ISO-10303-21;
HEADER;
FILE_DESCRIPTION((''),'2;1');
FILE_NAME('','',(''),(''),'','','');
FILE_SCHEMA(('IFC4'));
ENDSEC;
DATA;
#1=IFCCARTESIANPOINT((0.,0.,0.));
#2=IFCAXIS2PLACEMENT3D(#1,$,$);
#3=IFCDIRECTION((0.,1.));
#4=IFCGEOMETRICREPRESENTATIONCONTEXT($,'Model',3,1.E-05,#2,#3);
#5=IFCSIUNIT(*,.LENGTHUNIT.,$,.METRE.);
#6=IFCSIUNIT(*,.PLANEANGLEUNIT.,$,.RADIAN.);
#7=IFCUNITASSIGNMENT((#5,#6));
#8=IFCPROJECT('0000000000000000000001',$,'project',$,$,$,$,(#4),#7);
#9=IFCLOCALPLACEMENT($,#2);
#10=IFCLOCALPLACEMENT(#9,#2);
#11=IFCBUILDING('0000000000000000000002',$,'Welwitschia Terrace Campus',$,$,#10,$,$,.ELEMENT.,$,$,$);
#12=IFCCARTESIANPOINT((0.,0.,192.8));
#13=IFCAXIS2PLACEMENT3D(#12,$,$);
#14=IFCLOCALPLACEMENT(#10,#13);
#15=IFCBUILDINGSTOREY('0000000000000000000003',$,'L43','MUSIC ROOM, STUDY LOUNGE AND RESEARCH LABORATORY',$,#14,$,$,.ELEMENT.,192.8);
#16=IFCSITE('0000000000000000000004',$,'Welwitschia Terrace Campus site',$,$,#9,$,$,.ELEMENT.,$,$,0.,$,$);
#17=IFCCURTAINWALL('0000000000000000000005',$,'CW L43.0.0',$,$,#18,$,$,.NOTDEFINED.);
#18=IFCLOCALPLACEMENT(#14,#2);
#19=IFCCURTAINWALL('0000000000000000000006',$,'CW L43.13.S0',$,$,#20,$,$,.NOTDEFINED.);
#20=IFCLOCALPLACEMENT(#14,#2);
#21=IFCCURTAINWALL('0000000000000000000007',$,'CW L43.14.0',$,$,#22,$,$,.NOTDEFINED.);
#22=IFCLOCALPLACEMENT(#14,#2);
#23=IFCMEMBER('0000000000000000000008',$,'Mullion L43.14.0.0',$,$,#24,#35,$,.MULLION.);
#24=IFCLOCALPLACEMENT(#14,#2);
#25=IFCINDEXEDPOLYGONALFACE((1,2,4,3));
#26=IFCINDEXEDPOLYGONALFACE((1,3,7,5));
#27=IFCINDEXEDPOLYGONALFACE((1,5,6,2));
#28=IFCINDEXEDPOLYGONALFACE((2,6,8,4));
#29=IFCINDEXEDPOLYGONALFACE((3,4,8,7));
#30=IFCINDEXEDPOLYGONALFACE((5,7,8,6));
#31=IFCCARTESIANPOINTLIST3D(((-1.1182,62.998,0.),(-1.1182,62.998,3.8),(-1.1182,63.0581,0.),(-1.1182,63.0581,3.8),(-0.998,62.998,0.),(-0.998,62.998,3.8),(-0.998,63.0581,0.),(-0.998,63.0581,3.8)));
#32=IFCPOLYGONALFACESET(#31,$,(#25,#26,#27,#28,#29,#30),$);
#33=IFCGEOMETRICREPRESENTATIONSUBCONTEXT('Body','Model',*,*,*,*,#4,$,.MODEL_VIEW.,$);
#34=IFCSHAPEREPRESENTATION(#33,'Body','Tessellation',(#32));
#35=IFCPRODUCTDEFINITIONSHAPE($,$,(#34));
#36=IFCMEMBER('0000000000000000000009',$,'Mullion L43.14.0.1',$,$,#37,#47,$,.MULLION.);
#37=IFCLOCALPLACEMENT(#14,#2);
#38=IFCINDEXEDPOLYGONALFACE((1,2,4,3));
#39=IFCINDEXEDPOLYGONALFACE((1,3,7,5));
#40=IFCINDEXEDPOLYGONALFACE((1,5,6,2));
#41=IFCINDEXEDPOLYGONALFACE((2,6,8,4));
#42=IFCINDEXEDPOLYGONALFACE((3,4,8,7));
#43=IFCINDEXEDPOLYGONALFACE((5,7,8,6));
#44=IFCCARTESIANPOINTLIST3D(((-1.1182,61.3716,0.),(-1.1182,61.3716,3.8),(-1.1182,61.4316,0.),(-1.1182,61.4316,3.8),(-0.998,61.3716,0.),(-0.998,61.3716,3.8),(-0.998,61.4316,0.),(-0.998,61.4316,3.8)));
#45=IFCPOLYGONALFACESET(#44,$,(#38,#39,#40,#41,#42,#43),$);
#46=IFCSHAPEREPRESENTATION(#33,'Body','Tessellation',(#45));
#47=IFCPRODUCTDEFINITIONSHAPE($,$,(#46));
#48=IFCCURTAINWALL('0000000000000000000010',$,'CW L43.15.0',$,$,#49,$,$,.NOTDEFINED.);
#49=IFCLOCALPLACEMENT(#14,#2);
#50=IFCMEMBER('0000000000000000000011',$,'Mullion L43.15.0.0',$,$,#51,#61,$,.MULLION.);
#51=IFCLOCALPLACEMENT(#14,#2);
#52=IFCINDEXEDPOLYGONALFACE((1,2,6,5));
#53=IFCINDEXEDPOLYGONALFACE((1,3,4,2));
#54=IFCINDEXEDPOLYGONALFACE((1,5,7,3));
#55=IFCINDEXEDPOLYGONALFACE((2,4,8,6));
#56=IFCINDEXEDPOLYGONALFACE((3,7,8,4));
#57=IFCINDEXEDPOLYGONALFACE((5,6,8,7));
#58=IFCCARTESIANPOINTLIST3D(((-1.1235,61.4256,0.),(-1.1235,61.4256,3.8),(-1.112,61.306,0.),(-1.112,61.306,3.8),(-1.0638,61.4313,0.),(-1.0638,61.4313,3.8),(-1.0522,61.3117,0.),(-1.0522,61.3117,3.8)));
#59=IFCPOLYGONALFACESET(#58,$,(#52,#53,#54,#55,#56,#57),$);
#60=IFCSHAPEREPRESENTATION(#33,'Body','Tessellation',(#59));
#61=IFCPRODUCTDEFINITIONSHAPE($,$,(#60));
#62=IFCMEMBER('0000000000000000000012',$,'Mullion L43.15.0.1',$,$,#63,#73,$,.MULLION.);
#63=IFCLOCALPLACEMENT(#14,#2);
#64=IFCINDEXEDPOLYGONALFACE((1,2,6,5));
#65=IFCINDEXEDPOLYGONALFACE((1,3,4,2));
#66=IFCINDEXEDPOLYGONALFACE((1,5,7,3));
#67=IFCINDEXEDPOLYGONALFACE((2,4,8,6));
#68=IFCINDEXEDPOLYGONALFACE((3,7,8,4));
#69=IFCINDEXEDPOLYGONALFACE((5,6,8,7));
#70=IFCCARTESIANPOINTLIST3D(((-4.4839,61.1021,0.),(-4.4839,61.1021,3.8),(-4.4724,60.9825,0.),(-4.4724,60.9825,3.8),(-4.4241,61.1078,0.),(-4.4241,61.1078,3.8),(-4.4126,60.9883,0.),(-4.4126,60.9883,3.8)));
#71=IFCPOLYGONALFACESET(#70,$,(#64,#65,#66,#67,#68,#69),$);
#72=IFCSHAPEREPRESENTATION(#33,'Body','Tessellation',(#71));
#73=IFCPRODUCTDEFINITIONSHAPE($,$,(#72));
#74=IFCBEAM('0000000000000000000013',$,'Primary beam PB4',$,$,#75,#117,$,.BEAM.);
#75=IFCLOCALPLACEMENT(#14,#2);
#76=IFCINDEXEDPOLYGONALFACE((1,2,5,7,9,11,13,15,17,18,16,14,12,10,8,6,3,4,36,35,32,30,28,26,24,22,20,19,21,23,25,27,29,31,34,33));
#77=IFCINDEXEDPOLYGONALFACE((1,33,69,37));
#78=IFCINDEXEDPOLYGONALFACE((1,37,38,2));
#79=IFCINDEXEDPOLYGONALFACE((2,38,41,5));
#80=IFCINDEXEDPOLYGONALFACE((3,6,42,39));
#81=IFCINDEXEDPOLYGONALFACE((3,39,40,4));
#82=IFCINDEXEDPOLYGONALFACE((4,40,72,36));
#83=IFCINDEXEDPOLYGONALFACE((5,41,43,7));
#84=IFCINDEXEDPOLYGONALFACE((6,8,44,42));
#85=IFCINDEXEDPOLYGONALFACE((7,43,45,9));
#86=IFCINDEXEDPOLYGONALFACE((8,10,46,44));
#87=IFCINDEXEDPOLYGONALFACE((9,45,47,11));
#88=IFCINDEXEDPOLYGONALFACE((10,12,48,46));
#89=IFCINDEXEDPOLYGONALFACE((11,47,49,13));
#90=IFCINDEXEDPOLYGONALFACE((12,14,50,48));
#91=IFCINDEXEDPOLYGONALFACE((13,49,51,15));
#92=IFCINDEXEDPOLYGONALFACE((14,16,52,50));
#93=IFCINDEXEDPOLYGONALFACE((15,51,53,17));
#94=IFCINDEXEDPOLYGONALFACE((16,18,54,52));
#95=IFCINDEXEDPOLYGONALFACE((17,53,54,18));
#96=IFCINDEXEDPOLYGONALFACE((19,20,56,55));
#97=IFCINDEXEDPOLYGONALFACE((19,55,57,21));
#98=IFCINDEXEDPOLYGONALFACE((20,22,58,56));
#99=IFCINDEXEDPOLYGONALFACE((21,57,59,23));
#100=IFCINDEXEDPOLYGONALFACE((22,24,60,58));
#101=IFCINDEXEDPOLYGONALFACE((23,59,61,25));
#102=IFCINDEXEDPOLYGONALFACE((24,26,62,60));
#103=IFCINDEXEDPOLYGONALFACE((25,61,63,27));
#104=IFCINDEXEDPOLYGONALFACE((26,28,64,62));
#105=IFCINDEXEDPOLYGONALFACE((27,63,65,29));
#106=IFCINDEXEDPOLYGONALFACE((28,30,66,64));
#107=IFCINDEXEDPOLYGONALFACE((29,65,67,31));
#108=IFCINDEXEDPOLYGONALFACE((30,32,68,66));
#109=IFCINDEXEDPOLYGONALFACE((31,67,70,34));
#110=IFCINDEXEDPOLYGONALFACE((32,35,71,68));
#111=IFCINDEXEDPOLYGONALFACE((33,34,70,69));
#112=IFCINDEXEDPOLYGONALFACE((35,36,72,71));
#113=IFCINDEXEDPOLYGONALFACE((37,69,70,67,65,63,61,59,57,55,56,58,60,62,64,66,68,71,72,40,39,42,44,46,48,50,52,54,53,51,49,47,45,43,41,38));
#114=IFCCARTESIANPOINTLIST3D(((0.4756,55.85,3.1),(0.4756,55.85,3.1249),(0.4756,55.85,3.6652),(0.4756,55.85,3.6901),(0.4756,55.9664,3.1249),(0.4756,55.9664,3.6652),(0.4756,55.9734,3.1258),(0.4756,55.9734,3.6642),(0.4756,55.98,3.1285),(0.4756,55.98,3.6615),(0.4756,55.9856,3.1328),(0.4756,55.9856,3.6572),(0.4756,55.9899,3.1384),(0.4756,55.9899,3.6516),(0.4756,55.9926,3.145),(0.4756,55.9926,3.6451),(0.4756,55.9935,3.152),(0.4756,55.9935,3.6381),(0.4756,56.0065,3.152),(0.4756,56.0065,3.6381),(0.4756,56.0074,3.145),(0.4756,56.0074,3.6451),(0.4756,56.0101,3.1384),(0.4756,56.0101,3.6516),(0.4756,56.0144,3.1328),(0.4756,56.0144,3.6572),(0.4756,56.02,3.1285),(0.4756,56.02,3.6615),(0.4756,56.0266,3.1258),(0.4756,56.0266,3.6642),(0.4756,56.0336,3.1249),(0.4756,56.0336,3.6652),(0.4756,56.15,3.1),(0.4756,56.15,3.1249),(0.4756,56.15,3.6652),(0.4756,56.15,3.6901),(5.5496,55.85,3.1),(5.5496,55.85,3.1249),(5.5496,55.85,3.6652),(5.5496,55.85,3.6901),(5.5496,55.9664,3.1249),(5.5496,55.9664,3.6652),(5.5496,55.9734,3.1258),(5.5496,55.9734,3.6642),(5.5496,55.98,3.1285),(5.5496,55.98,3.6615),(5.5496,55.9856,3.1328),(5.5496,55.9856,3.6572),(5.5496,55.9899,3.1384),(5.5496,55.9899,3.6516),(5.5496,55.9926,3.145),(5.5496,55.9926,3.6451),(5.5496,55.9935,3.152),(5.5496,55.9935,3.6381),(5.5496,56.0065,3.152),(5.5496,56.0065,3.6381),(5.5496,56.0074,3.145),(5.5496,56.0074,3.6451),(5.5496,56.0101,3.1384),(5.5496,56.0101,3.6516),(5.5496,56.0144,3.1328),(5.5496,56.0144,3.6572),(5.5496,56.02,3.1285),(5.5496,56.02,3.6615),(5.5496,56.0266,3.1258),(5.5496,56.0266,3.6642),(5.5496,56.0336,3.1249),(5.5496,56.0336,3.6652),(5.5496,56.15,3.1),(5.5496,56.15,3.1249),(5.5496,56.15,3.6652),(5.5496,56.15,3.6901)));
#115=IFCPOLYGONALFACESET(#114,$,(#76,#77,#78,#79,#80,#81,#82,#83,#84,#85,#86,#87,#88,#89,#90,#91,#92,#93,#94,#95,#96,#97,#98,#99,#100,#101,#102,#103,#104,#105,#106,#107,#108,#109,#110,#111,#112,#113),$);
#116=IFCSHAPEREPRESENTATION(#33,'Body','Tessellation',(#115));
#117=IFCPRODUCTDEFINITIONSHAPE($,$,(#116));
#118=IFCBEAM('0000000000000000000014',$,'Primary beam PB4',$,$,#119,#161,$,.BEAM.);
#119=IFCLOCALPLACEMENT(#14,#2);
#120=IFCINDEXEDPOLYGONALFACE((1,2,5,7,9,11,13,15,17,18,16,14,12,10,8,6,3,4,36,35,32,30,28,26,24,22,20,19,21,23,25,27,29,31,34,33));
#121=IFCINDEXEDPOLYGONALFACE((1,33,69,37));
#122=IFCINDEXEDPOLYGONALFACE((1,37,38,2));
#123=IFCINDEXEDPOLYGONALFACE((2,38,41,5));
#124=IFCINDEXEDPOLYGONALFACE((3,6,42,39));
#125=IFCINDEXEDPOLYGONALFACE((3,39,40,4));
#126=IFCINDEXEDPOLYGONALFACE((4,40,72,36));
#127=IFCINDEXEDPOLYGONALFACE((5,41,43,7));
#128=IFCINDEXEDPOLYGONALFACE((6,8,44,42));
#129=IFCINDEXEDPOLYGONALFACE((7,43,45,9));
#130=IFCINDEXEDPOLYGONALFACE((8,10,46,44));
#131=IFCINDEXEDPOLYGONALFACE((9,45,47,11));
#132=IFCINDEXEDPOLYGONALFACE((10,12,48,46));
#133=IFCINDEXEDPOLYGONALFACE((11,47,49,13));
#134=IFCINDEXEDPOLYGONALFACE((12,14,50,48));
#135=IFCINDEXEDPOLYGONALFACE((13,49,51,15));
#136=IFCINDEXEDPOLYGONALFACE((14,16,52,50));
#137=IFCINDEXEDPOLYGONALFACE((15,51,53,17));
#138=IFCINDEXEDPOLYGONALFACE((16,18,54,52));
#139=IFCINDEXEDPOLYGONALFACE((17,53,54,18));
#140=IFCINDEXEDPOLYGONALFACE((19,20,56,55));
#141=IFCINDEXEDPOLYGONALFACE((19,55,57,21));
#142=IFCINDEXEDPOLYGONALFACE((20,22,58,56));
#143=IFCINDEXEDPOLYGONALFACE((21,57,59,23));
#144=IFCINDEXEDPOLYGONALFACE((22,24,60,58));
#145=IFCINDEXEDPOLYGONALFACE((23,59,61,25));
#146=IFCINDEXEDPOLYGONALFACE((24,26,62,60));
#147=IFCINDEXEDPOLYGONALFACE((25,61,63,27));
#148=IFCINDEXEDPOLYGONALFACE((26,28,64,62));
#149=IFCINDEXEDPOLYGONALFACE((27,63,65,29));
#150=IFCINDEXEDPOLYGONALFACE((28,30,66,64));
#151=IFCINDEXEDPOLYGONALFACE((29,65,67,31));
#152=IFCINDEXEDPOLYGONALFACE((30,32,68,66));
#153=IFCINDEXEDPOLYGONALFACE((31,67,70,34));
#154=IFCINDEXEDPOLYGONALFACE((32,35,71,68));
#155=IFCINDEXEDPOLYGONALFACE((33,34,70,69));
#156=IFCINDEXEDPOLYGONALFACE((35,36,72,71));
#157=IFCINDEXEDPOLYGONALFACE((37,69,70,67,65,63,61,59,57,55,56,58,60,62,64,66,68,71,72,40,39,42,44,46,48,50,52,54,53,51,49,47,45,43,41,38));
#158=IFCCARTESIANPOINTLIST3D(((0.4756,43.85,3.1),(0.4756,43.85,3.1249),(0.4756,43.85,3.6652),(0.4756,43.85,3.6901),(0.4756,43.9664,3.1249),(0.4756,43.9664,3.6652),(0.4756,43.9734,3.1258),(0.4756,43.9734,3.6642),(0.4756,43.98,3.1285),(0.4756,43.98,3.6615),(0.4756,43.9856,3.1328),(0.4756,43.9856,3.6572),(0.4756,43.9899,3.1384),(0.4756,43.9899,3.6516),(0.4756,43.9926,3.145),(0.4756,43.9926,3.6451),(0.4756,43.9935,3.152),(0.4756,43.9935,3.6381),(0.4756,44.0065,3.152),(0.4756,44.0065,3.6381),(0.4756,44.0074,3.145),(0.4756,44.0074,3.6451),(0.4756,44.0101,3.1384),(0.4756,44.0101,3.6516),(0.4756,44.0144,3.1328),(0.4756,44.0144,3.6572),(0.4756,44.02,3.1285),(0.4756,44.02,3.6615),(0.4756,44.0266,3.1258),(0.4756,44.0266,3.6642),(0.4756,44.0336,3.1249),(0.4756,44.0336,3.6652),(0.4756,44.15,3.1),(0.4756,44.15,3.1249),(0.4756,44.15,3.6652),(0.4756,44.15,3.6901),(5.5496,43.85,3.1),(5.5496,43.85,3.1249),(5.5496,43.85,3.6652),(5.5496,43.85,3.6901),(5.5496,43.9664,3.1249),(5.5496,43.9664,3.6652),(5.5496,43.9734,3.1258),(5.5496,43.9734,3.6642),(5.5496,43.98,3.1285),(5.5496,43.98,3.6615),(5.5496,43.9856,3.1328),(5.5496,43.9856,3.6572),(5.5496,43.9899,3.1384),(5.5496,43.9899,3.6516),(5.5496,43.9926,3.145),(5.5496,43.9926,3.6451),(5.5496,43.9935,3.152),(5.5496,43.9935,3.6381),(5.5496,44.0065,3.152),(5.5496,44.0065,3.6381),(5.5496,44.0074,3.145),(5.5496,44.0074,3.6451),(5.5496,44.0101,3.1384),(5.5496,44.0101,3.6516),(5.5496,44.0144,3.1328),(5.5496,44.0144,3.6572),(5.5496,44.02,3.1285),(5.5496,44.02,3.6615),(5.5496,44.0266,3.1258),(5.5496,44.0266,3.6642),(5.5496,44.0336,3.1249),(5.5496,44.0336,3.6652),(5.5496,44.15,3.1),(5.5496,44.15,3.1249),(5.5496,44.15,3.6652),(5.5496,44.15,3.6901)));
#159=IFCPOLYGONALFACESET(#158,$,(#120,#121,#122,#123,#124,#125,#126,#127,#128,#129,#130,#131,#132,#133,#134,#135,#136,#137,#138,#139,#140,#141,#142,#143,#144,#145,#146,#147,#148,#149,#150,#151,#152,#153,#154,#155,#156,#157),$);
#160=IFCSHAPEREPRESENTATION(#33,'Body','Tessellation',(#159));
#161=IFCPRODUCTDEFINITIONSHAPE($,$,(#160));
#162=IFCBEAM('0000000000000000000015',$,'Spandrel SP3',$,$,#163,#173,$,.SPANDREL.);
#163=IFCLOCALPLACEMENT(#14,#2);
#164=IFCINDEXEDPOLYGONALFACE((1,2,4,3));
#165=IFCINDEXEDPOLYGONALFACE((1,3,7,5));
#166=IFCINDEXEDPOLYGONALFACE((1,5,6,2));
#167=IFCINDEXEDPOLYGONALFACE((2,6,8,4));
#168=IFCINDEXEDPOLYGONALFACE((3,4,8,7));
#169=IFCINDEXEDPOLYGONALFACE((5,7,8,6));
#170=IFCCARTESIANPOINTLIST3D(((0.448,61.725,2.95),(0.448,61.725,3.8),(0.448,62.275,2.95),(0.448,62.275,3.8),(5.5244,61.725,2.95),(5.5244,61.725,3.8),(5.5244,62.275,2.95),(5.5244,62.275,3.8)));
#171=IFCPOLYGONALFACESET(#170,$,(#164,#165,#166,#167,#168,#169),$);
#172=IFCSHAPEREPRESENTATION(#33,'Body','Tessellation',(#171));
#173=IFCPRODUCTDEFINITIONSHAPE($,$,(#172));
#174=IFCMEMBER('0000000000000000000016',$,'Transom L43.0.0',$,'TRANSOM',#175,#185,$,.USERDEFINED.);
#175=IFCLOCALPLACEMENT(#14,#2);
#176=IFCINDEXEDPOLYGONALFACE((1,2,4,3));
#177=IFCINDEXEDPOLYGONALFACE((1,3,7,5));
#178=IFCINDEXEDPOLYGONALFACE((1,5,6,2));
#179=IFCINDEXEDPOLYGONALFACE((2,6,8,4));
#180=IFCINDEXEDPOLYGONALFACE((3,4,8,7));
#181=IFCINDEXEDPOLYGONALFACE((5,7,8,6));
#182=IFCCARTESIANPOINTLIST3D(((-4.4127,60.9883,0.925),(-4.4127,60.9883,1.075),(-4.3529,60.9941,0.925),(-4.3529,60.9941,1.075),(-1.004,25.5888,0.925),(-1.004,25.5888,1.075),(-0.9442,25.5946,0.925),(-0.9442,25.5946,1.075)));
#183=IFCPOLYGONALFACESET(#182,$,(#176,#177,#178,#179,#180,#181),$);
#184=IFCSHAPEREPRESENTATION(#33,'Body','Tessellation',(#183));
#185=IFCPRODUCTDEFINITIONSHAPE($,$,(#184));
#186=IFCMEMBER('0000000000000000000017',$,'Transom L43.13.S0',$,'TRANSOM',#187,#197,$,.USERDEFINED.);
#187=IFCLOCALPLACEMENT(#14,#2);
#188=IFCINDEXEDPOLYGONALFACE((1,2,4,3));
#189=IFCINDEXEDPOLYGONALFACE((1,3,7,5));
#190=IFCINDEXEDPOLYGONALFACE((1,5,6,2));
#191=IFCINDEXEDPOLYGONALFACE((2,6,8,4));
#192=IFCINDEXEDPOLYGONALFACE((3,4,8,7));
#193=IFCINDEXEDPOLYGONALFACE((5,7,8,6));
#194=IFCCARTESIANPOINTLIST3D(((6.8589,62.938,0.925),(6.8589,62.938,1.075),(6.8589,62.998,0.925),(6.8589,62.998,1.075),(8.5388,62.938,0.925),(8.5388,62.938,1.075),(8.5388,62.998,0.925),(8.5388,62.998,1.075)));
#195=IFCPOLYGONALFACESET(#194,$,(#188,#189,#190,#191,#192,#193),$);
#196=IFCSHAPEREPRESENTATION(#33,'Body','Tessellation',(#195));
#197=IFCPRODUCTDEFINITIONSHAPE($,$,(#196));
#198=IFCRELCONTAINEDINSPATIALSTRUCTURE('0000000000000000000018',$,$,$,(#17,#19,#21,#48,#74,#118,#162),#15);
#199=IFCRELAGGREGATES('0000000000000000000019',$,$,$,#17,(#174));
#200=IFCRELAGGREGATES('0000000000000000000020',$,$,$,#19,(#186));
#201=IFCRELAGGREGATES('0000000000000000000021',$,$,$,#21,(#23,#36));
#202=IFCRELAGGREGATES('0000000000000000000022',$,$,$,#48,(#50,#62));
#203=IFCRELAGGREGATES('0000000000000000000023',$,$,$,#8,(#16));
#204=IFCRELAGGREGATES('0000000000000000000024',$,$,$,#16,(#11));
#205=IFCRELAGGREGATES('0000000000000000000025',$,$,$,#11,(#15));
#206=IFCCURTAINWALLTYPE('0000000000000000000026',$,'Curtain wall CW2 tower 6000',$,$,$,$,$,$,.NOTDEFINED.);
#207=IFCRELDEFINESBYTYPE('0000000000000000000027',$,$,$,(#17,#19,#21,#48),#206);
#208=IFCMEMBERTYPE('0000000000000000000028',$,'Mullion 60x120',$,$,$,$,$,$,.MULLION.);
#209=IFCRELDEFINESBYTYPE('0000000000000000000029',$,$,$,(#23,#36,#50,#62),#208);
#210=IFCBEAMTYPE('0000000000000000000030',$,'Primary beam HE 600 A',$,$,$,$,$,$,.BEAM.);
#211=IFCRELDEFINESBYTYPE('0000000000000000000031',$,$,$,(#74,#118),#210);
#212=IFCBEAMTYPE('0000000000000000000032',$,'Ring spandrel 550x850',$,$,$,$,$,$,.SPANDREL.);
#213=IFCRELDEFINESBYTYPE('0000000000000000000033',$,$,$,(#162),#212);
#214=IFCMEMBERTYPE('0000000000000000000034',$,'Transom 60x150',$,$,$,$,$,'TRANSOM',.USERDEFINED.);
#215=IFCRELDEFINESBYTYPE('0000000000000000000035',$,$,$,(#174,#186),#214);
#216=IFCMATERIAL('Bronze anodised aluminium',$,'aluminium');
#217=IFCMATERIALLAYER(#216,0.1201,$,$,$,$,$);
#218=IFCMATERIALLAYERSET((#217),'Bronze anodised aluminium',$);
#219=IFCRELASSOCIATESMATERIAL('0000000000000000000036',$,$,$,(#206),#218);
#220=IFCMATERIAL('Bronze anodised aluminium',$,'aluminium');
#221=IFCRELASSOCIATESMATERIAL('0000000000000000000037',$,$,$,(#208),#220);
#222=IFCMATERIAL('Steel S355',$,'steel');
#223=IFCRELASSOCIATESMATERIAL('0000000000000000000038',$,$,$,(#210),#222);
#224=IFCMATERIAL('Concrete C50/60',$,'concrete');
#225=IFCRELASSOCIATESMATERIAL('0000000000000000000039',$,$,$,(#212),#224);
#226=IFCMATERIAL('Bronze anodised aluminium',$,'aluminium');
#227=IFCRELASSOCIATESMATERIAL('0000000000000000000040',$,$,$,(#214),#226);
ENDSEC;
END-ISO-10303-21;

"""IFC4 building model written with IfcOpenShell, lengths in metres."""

from ifc_helpers import new_model, si_unit, direction, frame, origin, origin_2d, place, context, subcontext, project, spatial, rectangle, i_section, extrude, material, layer, layer_set, material_profile, profile_set, type_object, element, aggregate, save


model = new_model("IFC4")

# Units and contexts
model_context = context("Model", 3, precision=1e-05, world=origin(), true_north=direction((0.0, 1.0)))
body_context = subcontext(model_context, "Body", "Model", "MODEL_VIEW")
ifc_project = project(units=[si_unit("LENGTHUNIT", "METRE"), si_unit("PLANEANGLEUNIT", "RADIAN")], contexts=[model_context])

# Site, building, storey
site_placement = place(None, origin())
site = spatial("IfcSite", under=ifc_project, at=site_placement, Name="Welwitschia Terrace Campus site", CompositionType="ELEMENT", RefElevation=0.0)
building_placement = place(site_placement, origin())
building = spatial("IfcBuilding", under=site, at=building_placement, Name="Welwitschia Terrace Campus", CompositionType="ELEMENT")
storey_placement = place(building_placement, frame((0.0, 0.0, 192.8)))
storey = spatial("IfcBuildingStorey", under=building, at=storey_placement, Name="L43", Description="MUSIC ROOM, STUDY LOUNGE AND RESEARCH LABORATORY", CompositionType="ELEMENT", Elevation=192.8)

# Curtain walls, members
ifc_material_1 = material(Name="Bronze anodised aluminium", Category="aluminium")
ifc_layer_1 = layer(ifc_material_1, 0.1201)
ifc_layer_set_1 = layer_set([ifc_layer_1], Name="Bronze anodised aluminium")
curtain_wall_type = type_object("IfcCurtainWallType", Name="Curtain wall CW2 tower 6000", PredefinedType="NOTDEFINED", material=ifc_layer_set_1)
curtain_wall_1_placement = place(storey_placement, origin())
curtain_wall_1 = element("IfcCurtainWall", 1, at=curtain_wall_1_placement, inside=storey, type_object=curtain_wall_type, Name="CW L43.0.0", PredefinedType="NOTDEFINED")
ifc_material_2 = material(Name="Bronze anodised aluminium", Category="aluminium")
ifc_material_profile_1 = material_profile(ifc_material_2, rectangle(XDim=0.1201, YDim=0.0601, at=origin_2d()))
ifc_profile_set_1 = profile_set([ifc_material_profile_1], Name="Bronze anodised aluminium")
member_type_1 = type_object("IfcMemberType", Name="Mullion 60x120", PredefinedType="MULLION", material=ifc_profile_set_1)
curtain_wall_2_placement = place(storey_placement, origin())
curtain_wall_2 = element("IfcCurtainWall", 2, at=curtain_wall_2_placement, inside=storey, type_object=curtain_wall_type, Name="CW L43.13.S0", PredefinedType="NOTDEFINED")
curtain_wall_3_placement = place(storey_placement, origin())
curtain_wall_3 = element("IfcCurtainWall", 3, at=curtain_wall_3_placement, inside=storey, type_object=curtain_wall_type, Name="CW L43.14.0", PredefinedType="NOTDEFINED")
member_1_placement = place(storey_placement, frame((-1.0581, 63.0281, 0.0), z_axis=(0.0, 0.0, 1.0), x_axis=(1.0, 0.0, 0.0)))
member_1 = element("IfcMember", 4, at=member_1_placement, type_object=member_type_1, Name="Mullion L43.14.0.0", PredefinedType="MULLION", context=body_context, shape_type="SweptSolid", body=[
    extrude(rectangle(XDim=0.1201, YDim=0.0601, at=origin_2d()), origin(), (0.0, 0.0, 1.0), 3.8),
])
member_2_placement = place(storey_placement, frame((-1.0581, 61.4016, 0.0), z_axis=(0.0, 0.0, 1.0), x_axis=(1.0, 0.0, 0.0)))
member_2 = element("IfcMember", 5, at=member_2_placement, type_object=member_type_1, Name="Mullion L43.14.0.1", PredefinedType="MULLION", context=body_context, shape_type="SweptSolid", body=[
    extrude(rectangle(XDim=0.1201, YDim=0.0601, at=origin_2d()), origin(), (0.0, 0.0, 1.0), 3.8),
])
curtain_wall_4_placement = place(storey_placement, origin())
curtain_wall_4 = element("IfcCurtainWall", 6, at=curtain_wall_4_placement, inside=storey, type_object=curtain_wall_type, Name="CW L43.15.0", PredefinedType="NOTDEFINED")
member_3_placement = place(storey_placement, frame((-1.0879, 61.3687, 0.0), z_axis=(0.0, 0.0, 1.0), x_axis=(0.095846, -0.995396, 0.0)))
member_3 = element("IfcMember", 7, at=member_3_placement, type_object=member_type_1, Name="Mullion L43.15.0.0", PredefinedType="MULLION", context=body_context, shape_type="SweptSolid", body=[
    extrude(rectangle(XDim=0.1201, YDim=0.0601, at=origin_2d()), origin(), (0.0, 0.0, 1.0), 3.8),
])
member_4_placement = place(storey_placement, frame((-4.4482, 61.0452, 0.0), z_axis=(0.0, 0.0, 1.0), x_axis=(0.095846, -0.995396, 0.0)))
member_4 = element("IfcMember", 8, at=member_4_placement, type_object=member_type_1, Name="Mullion L43.15.0.1", PredefinedType="MULLION", context=body_context, shape_type="SweptSolid", body=[
    extrude(rectangle(XDim=0.1201, YDim=0.0601, at=origin_2d()), origin(), (0.0, 0.0, 1.0), 3.8),
])

# Beams
ifc_material_3 = material(Name="Steel S355", Category="steel")
ifc_material_profile_2 = material_profile(ifc_material_3, i_section(OverallWidth=0.3, OverallDepth=0.5901, WebThickness=0.0129, FlangeThickness=0.0249, FilletRadius=0.0271, at=origin_2d()))
ifc_profile_set_2 = profile_set([ifc_material_profile_2], Name="Steel S355")
beam_type_1 = type_object("IfcBeamType", Name="Primary beam HE 600 A", PredefinedType="BEAM", material=ifc_profile_set_2)
for number, where, z_axis, x_axis, name in (
    (9, (0.4756, 56.0, 3.395), (1.0, 0.0, 0.0), (0.0, 1.0, 0.0), "Primary beam PB4"),
    (10, (0.4756, 44.0, 3.395), (1.0, 0.0, 0.0), (0.0, 1.0, 0.0), "Primary beam PB4"),
):
    element("IfcBeam", number, at=place(storey_placement, frame(where, z_axis=z_axis, x_axis=x_axis)), inside=storey, type_object=beam_type_1, Name=name, PredefinedType="BEAM", context=body_context, shape_type="SweptSolid", body=[
        extrude(i_section(OverallWidth=0.3, OverallDepth=0.5901, WebThickness=0.0129, FlangeThickness=0.0249, FilletRadius=0.0271, at=origin_2d()), origin(), (0.0, 0.0, 1.0), 5.074),
    ])
ifc_material_4 = material(Name="Concrete C50/60", Category="concrete")
ifc_material_profile_3 = material_profile(ifc_material_4, rectangle(XDim=0.55, YDim=0.8501, at=origin_2d()))
ifc_profile_set_3 = profile_set([ifc_material_profile_3], Name="Concrete C50/60")
beam_type_2 = type_object("IfcBeamType", Name="Ring spandrel 550x850", PredefinedType="SPANDREL", material=ifc_profile_set_3)
beam_placement = place(storey_placement, frame((5.5244, 62.0, 3.375), z_axis=(-1.0, 0.0, 0.0), x_axis=(0.0, -1.0, 0.0)))
element("IfcBeam", 11, at=beam_placement, inside=storey, type_object=beam_type_2, Name="Spandrel SP3", PredefinedType="SPANDREL", context=body_context, shape_type="SweptSolid", body=[
    extrude(rectangle(XDim=0.55, YDim=0.8501, at=origin_2d()), origin(), (0.0, 0.0, 1.0), 5.0764),
])

# Members
ifc_material_5 = material(Name="Bronze anodised aluminium", Category="aluminium")
ifc_material_profile_4 = material_profile(ifc_material_5, rectangle(XDim=0.0601, YDim=0.1499, at=origin_2d()))
ifc_profile_set_4 = profile_set([ifc_material_profile_4], Name="Bronze anodised aluminium")
member_type_2 = type_object("IfcMemberType", Name="Transom 60x150", ElementType="TRANSOM", PredefinedType="USERDEFINED", material=ifc_profile_set_4)
member_5_placement = place(storey_placement, frame((-4.3828, 60.9912, 1.0), z_axis=(0.095849, -0.995396, 0.0), x_axis=(0.995396, 0.095849, 0.0)))
member_5 = element("IfcMember", 12, at=member_5_placement, type_object=member_type_2, Name="Transom L43.0.0", ObjectType="TRANSOM", PredefinedType="USERDEFINED", context=body_context, shape_type="SweptSolid", body=[
    extrude(rectangle(XDim=0.0601, YDim=0.1499, at=origin_2d()), origin(), (0.0, 0.0, 1.0), 35.5632),
])
member_6_placement = place(storey_placement, frame((8.5388, 62.968, 1.0), z_axis=(-1.0, 0.0, 0.0), x_axis=(0.0, -1.0, 0.0)))
member_6 = element("IfcMember", 13, at=member_6_placement, type_object=member_type_2, Name="Transom L43.13.S0", ObjectType="TRANSOM", PredefinedType="USERDEFINED", context=body_context, shape_type="SweptSolid", body=[
    extrude(rectangle(XDim=0.0601, YDim=0.1499, at=origin_2d()), origin(), (0.0, 0.0, 1.0), 1.6799),
])

aggregate(curtain_wall_1, [member_5])
aggregate(curtain_wall_2, [member_6])
aggregate(curtain_wall_3, [member_1, member_2])
aggregate(curtain_wall_4, [member_3, member_4])

save(model, "model.ifc")
